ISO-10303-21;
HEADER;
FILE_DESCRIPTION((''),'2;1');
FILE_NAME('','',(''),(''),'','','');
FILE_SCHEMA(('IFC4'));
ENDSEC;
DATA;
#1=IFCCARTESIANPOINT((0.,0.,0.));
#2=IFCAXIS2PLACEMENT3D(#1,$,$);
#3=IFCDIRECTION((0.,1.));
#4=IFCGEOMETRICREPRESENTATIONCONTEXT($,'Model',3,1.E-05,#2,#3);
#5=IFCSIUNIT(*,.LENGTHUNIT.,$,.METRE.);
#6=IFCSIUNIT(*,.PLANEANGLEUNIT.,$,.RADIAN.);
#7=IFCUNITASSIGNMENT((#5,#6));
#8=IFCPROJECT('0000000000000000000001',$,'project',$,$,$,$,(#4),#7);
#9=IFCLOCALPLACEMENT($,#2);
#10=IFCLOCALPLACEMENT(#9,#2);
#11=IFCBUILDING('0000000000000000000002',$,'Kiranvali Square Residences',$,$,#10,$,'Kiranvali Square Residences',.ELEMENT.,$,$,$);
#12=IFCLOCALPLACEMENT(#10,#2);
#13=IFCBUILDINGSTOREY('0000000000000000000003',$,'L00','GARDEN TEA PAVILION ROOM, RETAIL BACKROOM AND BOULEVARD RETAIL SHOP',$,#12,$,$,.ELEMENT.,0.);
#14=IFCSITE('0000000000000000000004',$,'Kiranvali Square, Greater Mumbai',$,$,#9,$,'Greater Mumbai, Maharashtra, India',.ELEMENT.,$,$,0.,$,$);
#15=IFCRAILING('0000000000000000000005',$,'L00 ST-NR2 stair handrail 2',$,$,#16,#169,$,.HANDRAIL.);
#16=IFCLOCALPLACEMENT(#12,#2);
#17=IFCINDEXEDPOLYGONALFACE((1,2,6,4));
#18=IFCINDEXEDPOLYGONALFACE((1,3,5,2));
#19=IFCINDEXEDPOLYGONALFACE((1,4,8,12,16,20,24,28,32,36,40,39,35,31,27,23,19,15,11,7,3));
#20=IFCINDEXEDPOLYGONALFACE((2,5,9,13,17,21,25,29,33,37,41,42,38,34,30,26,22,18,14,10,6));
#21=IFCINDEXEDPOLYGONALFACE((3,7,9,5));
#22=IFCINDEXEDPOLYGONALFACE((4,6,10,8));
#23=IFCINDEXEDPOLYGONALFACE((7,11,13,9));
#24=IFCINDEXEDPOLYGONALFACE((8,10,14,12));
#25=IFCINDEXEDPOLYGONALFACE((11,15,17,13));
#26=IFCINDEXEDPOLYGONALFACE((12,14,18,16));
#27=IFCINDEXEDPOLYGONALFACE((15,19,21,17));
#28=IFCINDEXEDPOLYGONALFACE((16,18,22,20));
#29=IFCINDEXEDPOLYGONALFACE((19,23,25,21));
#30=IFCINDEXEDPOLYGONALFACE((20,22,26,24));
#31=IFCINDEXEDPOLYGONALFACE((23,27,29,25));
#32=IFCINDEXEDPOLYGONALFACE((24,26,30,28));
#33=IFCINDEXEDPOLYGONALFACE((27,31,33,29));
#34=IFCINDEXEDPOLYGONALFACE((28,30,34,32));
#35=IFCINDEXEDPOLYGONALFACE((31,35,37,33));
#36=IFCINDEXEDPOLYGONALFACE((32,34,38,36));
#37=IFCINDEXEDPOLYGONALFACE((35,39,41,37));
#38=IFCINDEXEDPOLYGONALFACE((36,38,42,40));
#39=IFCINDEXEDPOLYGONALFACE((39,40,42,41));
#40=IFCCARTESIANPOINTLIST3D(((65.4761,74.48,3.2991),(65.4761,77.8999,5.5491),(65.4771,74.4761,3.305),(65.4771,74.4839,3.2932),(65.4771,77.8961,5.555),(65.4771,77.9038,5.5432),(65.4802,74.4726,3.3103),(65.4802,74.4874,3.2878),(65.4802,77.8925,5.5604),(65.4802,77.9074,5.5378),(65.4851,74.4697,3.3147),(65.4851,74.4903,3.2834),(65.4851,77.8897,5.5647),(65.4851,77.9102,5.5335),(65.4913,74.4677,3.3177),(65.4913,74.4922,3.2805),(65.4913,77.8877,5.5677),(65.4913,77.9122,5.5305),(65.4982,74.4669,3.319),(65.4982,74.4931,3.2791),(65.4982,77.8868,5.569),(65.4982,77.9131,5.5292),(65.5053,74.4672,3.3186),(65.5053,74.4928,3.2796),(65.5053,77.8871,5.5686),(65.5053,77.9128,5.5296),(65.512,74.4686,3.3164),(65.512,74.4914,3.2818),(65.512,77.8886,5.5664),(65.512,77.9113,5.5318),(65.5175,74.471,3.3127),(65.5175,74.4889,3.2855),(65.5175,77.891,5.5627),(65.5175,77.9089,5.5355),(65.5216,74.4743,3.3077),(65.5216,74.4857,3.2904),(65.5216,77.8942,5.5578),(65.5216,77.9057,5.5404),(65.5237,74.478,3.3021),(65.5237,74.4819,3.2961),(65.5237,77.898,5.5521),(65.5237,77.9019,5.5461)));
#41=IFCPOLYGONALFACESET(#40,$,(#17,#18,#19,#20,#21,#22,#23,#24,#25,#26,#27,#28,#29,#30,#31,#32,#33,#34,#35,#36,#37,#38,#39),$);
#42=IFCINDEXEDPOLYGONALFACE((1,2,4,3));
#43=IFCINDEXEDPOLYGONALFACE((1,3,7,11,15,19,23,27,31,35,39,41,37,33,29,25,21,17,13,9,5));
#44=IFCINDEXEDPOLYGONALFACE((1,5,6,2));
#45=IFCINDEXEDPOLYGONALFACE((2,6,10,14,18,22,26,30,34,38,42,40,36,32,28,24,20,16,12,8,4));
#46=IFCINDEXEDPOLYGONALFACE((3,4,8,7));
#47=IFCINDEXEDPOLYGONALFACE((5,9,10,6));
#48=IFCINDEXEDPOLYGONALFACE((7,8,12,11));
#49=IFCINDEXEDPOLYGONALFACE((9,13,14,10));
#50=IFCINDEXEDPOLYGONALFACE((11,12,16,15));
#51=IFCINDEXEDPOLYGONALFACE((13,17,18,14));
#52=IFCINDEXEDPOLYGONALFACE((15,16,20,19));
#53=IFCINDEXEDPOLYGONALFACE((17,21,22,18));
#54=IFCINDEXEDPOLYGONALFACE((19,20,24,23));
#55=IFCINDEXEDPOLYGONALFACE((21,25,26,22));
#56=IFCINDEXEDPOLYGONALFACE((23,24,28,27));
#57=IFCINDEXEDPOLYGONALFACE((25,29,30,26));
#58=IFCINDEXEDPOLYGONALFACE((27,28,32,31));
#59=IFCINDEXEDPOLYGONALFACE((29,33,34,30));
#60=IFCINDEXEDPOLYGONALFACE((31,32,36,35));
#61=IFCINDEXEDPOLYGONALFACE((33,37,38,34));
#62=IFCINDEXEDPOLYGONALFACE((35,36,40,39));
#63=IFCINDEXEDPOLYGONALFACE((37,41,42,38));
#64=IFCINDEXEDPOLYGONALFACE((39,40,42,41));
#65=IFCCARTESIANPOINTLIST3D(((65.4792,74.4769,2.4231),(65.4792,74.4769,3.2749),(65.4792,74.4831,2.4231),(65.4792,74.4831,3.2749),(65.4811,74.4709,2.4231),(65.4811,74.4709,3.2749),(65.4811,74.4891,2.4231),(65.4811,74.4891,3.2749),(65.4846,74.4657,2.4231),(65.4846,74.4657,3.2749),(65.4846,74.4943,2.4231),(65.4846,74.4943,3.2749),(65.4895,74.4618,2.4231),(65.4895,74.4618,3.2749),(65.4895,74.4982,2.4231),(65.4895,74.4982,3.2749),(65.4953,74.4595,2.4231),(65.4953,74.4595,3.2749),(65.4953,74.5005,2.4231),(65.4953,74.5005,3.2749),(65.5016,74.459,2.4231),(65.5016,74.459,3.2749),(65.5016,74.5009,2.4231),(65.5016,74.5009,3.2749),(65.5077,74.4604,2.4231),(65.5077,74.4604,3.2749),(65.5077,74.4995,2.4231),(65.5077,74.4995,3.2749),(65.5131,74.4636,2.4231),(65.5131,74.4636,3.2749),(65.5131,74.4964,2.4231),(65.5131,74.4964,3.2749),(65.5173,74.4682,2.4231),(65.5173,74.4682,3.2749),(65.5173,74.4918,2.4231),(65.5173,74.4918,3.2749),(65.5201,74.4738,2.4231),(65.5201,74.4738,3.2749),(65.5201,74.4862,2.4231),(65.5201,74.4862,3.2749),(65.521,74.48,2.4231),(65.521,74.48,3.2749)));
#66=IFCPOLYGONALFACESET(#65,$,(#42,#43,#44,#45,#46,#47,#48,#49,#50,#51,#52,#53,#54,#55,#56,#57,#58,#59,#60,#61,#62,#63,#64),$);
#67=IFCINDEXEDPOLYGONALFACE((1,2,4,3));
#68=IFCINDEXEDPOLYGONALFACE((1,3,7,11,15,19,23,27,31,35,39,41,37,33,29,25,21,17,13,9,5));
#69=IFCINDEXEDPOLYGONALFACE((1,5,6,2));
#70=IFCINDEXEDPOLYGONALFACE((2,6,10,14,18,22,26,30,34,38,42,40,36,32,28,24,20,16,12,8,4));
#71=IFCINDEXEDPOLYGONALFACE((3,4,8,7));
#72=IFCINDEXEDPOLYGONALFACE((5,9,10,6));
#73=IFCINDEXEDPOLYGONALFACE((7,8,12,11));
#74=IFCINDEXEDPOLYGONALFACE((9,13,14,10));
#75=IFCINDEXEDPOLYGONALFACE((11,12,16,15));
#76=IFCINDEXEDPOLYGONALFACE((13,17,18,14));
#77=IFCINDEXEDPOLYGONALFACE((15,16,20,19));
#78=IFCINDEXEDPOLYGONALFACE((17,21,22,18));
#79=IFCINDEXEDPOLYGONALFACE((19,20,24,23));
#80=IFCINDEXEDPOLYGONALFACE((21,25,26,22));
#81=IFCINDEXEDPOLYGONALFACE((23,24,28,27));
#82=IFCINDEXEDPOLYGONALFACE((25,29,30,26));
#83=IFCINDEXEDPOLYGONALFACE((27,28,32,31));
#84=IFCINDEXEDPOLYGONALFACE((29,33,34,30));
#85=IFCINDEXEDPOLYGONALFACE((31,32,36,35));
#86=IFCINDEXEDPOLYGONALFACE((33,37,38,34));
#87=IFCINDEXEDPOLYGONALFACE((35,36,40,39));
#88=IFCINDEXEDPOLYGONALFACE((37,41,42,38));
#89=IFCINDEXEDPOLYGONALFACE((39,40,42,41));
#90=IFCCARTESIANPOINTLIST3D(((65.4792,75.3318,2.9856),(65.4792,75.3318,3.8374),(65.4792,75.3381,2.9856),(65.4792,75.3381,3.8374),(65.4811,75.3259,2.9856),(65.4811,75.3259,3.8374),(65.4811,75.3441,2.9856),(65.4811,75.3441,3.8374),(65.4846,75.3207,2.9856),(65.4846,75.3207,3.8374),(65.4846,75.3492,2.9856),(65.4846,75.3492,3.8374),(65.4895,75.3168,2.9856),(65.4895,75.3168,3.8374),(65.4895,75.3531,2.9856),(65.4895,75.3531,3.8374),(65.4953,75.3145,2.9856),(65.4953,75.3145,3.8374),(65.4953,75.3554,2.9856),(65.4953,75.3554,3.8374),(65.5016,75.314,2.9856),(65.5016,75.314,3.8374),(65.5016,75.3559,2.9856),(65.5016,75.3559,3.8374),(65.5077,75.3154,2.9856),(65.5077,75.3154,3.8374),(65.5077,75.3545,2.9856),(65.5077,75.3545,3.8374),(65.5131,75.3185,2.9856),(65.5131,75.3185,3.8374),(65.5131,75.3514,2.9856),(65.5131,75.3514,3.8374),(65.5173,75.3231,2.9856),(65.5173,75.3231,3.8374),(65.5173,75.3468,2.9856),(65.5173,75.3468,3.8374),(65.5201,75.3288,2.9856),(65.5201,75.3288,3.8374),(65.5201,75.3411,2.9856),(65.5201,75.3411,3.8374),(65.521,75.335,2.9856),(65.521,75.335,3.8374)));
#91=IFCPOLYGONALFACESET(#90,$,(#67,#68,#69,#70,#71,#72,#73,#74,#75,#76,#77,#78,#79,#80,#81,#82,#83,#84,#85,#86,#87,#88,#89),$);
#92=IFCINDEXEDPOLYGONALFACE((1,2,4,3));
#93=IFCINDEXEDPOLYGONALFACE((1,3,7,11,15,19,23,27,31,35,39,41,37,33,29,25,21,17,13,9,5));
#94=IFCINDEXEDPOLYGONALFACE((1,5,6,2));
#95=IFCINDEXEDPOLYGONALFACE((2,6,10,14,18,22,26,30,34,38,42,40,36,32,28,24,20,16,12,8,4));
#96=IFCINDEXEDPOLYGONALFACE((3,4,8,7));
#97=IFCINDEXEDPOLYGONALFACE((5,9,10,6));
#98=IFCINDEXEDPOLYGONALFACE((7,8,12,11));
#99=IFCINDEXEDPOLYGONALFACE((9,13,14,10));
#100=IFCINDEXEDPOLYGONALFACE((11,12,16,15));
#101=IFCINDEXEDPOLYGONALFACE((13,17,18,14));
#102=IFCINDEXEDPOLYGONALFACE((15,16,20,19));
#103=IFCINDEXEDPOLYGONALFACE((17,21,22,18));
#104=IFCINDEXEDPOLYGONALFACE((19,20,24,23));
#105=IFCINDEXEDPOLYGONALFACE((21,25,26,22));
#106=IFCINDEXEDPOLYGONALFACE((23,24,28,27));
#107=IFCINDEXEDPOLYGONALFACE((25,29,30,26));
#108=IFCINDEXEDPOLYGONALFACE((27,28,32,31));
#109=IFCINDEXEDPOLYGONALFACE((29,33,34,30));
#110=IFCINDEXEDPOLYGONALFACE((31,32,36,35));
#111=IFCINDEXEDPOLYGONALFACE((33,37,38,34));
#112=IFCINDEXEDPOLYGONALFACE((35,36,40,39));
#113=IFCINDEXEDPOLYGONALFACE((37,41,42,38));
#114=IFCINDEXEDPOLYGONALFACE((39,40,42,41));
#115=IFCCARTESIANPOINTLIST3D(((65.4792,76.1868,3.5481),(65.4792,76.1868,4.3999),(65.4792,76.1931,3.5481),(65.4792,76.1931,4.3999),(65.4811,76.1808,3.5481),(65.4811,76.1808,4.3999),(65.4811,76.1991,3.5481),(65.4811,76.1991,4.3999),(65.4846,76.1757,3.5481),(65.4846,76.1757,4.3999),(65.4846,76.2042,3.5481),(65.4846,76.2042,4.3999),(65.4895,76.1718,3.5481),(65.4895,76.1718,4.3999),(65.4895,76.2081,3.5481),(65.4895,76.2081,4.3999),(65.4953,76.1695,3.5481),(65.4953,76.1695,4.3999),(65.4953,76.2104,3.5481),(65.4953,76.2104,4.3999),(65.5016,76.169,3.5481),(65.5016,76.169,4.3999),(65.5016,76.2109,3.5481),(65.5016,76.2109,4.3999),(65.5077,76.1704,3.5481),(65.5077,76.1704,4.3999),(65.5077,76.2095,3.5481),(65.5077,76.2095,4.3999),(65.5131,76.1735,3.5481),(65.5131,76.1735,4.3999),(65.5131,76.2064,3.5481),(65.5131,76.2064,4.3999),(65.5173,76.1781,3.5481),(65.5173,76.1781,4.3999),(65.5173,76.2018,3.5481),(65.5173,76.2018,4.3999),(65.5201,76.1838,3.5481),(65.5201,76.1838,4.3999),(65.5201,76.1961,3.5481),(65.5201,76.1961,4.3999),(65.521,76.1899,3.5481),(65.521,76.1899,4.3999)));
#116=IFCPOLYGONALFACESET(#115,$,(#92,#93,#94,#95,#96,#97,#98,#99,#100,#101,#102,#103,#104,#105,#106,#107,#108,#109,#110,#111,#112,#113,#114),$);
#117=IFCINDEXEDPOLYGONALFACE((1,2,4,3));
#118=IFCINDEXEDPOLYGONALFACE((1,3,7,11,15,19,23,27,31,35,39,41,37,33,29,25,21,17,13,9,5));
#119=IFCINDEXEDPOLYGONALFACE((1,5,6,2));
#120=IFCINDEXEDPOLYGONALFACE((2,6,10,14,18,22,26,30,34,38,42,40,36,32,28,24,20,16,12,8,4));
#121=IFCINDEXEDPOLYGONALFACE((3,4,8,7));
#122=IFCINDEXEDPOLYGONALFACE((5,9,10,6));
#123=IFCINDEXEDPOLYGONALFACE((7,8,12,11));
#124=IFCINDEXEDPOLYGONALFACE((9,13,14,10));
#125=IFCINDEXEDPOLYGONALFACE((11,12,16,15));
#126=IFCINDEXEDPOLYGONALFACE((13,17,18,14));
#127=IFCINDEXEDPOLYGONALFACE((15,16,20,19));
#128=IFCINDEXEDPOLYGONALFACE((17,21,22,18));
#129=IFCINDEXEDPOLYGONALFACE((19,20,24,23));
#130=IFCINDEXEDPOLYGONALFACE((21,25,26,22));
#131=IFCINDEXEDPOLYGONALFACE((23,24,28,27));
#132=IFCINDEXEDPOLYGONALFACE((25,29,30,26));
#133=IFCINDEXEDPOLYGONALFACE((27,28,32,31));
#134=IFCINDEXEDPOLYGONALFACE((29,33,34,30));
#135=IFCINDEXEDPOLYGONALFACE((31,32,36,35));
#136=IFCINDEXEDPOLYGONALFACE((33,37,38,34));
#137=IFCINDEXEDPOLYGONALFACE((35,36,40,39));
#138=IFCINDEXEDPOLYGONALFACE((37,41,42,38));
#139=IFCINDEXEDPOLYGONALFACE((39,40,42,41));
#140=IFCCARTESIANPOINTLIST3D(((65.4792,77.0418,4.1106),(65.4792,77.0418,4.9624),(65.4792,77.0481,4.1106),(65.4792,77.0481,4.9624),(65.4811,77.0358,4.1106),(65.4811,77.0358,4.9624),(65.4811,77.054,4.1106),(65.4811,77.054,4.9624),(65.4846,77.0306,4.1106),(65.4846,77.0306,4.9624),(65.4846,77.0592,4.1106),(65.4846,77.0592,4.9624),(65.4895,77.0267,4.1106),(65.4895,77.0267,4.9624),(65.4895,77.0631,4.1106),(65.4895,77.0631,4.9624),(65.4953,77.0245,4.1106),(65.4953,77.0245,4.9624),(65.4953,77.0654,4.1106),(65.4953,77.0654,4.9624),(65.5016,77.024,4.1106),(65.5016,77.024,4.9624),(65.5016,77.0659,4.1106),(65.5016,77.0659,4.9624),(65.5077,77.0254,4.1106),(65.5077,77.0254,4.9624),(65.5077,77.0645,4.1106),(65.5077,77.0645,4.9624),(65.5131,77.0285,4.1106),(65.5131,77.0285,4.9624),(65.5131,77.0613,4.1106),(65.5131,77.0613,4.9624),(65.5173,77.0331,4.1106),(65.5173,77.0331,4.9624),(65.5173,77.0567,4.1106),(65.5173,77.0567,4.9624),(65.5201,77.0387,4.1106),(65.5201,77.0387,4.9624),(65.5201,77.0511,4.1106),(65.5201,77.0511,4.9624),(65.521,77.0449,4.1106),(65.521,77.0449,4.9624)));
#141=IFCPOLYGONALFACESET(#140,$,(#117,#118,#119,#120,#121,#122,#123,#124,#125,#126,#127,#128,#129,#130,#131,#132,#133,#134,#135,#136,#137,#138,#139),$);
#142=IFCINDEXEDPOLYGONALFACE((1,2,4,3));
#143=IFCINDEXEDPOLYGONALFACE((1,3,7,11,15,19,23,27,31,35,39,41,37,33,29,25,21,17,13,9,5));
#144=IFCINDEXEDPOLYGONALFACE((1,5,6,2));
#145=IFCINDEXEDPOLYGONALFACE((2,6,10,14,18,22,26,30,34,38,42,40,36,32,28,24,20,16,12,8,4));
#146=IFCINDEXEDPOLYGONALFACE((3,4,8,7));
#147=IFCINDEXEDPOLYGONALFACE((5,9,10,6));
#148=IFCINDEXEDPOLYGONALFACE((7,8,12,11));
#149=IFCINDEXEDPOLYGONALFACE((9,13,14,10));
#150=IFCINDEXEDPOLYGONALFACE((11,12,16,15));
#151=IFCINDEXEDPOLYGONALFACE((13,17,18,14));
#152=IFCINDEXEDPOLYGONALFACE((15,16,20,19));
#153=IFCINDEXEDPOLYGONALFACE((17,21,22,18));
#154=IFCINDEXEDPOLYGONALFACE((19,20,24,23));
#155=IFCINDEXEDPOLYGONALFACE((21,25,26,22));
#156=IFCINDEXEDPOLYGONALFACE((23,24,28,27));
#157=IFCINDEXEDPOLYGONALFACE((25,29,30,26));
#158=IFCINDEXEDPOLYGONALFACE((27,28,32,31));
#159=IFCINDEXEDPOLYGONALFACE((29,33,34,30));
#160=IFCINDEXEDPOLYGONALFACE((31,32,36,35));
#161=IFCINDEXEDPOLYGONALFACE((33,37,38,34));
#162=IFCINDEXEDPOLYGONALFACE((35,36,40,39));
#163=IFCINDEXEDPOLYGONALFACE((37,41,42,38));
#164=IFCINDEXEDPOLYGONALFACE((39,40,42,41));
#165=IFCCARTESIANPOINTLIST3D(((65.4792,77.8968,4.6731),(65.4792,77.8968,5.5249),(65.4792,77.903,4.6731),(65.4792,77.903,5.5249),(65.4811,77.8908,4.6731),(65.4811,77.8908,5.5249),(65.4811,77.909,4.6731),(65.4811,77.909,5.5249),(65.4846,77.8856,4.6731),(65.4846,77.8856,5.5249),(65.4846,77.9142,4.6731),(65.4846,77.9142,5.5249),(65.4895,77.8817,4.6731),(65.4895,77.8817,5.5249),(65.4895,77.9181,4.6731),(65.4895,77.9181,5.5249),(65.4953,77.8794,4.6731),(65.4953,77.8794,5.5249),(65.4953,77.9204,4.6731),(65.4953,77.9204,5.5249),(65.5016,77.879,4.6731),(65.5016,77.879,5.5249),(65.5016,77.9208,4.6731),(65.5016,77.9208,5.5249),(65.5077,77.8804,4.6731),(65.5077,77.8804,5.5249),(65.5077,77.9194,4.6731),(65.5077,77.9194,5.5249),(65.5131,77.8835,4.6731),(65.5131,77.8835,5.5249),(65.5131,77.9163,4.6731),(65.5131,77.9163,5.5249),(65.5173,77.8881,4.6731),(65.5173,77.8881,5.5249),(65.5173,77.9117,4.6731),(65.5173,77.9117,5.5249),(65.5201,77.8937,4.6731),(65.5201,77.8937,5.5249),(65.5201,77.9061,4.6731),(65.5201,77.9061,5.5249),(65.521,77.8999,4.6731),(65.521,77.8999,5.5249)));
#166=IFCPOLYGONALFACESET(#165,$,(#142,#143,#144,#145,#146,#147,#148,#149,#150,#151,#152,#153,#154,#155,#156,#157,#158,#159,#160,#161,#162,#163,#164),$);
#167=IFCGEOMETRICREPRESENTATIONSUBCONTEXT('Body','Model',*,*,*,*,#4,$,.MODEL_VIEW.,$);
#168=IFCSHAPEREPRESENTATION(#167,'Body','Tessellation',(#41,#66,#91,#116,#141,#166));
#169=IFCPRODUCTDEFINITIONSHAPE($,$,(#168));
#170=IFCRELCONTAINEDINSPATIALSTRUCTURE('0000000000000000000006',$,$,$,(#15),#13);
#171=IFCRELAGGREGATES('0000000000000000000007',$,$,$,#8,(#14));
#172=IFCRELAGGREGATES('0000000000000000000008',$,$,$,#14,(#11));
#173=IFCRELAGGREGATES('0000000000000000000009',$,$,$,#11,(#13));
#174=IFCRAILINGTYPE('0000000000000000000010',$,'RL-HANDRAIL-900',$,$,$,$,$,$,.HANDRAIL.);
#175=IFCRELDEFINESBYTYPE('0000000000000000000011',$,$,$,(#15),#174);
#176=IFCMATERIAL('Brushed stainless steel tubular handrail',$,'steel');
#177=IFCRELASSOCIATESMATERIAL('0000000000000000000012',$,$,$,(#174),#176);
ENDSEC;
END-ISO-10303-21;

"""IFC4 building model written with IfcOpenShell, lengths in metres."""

from ifc_helpers import new_model, si_unit, direction, frame, origin, origin_2d, place, context, subcontext, project, spatial, circle, extrude, material, type_object, element, save


model = new_model("IFC4")

# Units and contexts
model_context = context("Model", 3, precision=1e-05, world=origin(), true_north=direction((0.0, 1.0)))
body_context = subcontext(model_context, "Body", "Model", "MODEL_VIEW")
ifc_project = project(units=[si_unit("LENGTHUNIT", "METRE"), si_unit("PLANEANGLEUNIT", "RADIAN")], contexts=[model_context])

# Site, building, storey
site_placement = place(None, origin())
site = spatial("IfcSite", under=ifc_project, at=site_placement, Name="Kiranvali Square, Greater Mumbai", LongName="Greater Mumbai, Maharashtra, India", CompositionType="ELEMENT", RefElevation=0.0)
building_placement = place(site_placement, origin())
building = spatial("IfcBuilding", under=site, at=building_placement, Name="Kiranvali Square Residences", LongName="Kiranvali Square Residences", CompositionType="ELEMENT")
storey_placement = place(building_placement, origin())
storey = spatial("IfcBuildingStorey", under=building, at=storey_placement, Name="L00", Description="GARDEN TEA PAVILION ROOM, RETAIL BACKROOM AND BOULEVARD RETAIL SHOP", CompositionType="ELEMENT", Elevation=0.0)

# Railing
ifc_material_1 = material(Name="Brushed stainless steel tubular handrail", Category="steel")
railing_type = type_object("IfcRailingType", Name="RL-HANDRAIL-900", PredefinedType="HANDRAIL", material=ifc_material_1)
railing_placement = place(storey_placement, frame((65.5, 74.48, 2.4231)))
element("IfcRailing", 1, at=railing_placement, inside=storey, type_object=railing_type, Name="L00 ST-NR2 stair handrail 2", PredefinedType="HANDRAIL", context=body_context, shape_type="SweptSolid", body=[
    extrude(circle(Radius=0.0239, at=origin_2d()), frame((0.0, 0.0, 0.876), z_axis=(0.0, 0.835411, 0.549625), x_axis=(-1.0, 0.0, 0.0)), (0.0, 0.0, 1.0), 4.0938),
    extrude(circle(Radius=0.021, at=origin_2d()), origin(), (0.0, 0.0, 1.0), 0.8518),
    extrude(circle(Radius=0.021, at=origin_2d()), frame((0.0, 0.855, 0.5625)), (0.0, 0.0, 1.0), 0.8518),
    extrude(circle(Radius=0.021, at=origin_2d()), frame((0.0, 1.71, 1.125)), (0.0, 0.0, 1.0), 0.8518),
    extrude(circle(Radius=0.021, at=origin_2d()), frame((0.0, 2.5649, 1.6875)), (0.0, 0.0, 1.0), 0.8518),
    extrude(circle(Radius=0.021, at=origin_2d()), frame((0.0, 3.4199, 2.25)), (0.0, 0.0, 1.0), 0.8518),
])

save(model, "model.ifc")
